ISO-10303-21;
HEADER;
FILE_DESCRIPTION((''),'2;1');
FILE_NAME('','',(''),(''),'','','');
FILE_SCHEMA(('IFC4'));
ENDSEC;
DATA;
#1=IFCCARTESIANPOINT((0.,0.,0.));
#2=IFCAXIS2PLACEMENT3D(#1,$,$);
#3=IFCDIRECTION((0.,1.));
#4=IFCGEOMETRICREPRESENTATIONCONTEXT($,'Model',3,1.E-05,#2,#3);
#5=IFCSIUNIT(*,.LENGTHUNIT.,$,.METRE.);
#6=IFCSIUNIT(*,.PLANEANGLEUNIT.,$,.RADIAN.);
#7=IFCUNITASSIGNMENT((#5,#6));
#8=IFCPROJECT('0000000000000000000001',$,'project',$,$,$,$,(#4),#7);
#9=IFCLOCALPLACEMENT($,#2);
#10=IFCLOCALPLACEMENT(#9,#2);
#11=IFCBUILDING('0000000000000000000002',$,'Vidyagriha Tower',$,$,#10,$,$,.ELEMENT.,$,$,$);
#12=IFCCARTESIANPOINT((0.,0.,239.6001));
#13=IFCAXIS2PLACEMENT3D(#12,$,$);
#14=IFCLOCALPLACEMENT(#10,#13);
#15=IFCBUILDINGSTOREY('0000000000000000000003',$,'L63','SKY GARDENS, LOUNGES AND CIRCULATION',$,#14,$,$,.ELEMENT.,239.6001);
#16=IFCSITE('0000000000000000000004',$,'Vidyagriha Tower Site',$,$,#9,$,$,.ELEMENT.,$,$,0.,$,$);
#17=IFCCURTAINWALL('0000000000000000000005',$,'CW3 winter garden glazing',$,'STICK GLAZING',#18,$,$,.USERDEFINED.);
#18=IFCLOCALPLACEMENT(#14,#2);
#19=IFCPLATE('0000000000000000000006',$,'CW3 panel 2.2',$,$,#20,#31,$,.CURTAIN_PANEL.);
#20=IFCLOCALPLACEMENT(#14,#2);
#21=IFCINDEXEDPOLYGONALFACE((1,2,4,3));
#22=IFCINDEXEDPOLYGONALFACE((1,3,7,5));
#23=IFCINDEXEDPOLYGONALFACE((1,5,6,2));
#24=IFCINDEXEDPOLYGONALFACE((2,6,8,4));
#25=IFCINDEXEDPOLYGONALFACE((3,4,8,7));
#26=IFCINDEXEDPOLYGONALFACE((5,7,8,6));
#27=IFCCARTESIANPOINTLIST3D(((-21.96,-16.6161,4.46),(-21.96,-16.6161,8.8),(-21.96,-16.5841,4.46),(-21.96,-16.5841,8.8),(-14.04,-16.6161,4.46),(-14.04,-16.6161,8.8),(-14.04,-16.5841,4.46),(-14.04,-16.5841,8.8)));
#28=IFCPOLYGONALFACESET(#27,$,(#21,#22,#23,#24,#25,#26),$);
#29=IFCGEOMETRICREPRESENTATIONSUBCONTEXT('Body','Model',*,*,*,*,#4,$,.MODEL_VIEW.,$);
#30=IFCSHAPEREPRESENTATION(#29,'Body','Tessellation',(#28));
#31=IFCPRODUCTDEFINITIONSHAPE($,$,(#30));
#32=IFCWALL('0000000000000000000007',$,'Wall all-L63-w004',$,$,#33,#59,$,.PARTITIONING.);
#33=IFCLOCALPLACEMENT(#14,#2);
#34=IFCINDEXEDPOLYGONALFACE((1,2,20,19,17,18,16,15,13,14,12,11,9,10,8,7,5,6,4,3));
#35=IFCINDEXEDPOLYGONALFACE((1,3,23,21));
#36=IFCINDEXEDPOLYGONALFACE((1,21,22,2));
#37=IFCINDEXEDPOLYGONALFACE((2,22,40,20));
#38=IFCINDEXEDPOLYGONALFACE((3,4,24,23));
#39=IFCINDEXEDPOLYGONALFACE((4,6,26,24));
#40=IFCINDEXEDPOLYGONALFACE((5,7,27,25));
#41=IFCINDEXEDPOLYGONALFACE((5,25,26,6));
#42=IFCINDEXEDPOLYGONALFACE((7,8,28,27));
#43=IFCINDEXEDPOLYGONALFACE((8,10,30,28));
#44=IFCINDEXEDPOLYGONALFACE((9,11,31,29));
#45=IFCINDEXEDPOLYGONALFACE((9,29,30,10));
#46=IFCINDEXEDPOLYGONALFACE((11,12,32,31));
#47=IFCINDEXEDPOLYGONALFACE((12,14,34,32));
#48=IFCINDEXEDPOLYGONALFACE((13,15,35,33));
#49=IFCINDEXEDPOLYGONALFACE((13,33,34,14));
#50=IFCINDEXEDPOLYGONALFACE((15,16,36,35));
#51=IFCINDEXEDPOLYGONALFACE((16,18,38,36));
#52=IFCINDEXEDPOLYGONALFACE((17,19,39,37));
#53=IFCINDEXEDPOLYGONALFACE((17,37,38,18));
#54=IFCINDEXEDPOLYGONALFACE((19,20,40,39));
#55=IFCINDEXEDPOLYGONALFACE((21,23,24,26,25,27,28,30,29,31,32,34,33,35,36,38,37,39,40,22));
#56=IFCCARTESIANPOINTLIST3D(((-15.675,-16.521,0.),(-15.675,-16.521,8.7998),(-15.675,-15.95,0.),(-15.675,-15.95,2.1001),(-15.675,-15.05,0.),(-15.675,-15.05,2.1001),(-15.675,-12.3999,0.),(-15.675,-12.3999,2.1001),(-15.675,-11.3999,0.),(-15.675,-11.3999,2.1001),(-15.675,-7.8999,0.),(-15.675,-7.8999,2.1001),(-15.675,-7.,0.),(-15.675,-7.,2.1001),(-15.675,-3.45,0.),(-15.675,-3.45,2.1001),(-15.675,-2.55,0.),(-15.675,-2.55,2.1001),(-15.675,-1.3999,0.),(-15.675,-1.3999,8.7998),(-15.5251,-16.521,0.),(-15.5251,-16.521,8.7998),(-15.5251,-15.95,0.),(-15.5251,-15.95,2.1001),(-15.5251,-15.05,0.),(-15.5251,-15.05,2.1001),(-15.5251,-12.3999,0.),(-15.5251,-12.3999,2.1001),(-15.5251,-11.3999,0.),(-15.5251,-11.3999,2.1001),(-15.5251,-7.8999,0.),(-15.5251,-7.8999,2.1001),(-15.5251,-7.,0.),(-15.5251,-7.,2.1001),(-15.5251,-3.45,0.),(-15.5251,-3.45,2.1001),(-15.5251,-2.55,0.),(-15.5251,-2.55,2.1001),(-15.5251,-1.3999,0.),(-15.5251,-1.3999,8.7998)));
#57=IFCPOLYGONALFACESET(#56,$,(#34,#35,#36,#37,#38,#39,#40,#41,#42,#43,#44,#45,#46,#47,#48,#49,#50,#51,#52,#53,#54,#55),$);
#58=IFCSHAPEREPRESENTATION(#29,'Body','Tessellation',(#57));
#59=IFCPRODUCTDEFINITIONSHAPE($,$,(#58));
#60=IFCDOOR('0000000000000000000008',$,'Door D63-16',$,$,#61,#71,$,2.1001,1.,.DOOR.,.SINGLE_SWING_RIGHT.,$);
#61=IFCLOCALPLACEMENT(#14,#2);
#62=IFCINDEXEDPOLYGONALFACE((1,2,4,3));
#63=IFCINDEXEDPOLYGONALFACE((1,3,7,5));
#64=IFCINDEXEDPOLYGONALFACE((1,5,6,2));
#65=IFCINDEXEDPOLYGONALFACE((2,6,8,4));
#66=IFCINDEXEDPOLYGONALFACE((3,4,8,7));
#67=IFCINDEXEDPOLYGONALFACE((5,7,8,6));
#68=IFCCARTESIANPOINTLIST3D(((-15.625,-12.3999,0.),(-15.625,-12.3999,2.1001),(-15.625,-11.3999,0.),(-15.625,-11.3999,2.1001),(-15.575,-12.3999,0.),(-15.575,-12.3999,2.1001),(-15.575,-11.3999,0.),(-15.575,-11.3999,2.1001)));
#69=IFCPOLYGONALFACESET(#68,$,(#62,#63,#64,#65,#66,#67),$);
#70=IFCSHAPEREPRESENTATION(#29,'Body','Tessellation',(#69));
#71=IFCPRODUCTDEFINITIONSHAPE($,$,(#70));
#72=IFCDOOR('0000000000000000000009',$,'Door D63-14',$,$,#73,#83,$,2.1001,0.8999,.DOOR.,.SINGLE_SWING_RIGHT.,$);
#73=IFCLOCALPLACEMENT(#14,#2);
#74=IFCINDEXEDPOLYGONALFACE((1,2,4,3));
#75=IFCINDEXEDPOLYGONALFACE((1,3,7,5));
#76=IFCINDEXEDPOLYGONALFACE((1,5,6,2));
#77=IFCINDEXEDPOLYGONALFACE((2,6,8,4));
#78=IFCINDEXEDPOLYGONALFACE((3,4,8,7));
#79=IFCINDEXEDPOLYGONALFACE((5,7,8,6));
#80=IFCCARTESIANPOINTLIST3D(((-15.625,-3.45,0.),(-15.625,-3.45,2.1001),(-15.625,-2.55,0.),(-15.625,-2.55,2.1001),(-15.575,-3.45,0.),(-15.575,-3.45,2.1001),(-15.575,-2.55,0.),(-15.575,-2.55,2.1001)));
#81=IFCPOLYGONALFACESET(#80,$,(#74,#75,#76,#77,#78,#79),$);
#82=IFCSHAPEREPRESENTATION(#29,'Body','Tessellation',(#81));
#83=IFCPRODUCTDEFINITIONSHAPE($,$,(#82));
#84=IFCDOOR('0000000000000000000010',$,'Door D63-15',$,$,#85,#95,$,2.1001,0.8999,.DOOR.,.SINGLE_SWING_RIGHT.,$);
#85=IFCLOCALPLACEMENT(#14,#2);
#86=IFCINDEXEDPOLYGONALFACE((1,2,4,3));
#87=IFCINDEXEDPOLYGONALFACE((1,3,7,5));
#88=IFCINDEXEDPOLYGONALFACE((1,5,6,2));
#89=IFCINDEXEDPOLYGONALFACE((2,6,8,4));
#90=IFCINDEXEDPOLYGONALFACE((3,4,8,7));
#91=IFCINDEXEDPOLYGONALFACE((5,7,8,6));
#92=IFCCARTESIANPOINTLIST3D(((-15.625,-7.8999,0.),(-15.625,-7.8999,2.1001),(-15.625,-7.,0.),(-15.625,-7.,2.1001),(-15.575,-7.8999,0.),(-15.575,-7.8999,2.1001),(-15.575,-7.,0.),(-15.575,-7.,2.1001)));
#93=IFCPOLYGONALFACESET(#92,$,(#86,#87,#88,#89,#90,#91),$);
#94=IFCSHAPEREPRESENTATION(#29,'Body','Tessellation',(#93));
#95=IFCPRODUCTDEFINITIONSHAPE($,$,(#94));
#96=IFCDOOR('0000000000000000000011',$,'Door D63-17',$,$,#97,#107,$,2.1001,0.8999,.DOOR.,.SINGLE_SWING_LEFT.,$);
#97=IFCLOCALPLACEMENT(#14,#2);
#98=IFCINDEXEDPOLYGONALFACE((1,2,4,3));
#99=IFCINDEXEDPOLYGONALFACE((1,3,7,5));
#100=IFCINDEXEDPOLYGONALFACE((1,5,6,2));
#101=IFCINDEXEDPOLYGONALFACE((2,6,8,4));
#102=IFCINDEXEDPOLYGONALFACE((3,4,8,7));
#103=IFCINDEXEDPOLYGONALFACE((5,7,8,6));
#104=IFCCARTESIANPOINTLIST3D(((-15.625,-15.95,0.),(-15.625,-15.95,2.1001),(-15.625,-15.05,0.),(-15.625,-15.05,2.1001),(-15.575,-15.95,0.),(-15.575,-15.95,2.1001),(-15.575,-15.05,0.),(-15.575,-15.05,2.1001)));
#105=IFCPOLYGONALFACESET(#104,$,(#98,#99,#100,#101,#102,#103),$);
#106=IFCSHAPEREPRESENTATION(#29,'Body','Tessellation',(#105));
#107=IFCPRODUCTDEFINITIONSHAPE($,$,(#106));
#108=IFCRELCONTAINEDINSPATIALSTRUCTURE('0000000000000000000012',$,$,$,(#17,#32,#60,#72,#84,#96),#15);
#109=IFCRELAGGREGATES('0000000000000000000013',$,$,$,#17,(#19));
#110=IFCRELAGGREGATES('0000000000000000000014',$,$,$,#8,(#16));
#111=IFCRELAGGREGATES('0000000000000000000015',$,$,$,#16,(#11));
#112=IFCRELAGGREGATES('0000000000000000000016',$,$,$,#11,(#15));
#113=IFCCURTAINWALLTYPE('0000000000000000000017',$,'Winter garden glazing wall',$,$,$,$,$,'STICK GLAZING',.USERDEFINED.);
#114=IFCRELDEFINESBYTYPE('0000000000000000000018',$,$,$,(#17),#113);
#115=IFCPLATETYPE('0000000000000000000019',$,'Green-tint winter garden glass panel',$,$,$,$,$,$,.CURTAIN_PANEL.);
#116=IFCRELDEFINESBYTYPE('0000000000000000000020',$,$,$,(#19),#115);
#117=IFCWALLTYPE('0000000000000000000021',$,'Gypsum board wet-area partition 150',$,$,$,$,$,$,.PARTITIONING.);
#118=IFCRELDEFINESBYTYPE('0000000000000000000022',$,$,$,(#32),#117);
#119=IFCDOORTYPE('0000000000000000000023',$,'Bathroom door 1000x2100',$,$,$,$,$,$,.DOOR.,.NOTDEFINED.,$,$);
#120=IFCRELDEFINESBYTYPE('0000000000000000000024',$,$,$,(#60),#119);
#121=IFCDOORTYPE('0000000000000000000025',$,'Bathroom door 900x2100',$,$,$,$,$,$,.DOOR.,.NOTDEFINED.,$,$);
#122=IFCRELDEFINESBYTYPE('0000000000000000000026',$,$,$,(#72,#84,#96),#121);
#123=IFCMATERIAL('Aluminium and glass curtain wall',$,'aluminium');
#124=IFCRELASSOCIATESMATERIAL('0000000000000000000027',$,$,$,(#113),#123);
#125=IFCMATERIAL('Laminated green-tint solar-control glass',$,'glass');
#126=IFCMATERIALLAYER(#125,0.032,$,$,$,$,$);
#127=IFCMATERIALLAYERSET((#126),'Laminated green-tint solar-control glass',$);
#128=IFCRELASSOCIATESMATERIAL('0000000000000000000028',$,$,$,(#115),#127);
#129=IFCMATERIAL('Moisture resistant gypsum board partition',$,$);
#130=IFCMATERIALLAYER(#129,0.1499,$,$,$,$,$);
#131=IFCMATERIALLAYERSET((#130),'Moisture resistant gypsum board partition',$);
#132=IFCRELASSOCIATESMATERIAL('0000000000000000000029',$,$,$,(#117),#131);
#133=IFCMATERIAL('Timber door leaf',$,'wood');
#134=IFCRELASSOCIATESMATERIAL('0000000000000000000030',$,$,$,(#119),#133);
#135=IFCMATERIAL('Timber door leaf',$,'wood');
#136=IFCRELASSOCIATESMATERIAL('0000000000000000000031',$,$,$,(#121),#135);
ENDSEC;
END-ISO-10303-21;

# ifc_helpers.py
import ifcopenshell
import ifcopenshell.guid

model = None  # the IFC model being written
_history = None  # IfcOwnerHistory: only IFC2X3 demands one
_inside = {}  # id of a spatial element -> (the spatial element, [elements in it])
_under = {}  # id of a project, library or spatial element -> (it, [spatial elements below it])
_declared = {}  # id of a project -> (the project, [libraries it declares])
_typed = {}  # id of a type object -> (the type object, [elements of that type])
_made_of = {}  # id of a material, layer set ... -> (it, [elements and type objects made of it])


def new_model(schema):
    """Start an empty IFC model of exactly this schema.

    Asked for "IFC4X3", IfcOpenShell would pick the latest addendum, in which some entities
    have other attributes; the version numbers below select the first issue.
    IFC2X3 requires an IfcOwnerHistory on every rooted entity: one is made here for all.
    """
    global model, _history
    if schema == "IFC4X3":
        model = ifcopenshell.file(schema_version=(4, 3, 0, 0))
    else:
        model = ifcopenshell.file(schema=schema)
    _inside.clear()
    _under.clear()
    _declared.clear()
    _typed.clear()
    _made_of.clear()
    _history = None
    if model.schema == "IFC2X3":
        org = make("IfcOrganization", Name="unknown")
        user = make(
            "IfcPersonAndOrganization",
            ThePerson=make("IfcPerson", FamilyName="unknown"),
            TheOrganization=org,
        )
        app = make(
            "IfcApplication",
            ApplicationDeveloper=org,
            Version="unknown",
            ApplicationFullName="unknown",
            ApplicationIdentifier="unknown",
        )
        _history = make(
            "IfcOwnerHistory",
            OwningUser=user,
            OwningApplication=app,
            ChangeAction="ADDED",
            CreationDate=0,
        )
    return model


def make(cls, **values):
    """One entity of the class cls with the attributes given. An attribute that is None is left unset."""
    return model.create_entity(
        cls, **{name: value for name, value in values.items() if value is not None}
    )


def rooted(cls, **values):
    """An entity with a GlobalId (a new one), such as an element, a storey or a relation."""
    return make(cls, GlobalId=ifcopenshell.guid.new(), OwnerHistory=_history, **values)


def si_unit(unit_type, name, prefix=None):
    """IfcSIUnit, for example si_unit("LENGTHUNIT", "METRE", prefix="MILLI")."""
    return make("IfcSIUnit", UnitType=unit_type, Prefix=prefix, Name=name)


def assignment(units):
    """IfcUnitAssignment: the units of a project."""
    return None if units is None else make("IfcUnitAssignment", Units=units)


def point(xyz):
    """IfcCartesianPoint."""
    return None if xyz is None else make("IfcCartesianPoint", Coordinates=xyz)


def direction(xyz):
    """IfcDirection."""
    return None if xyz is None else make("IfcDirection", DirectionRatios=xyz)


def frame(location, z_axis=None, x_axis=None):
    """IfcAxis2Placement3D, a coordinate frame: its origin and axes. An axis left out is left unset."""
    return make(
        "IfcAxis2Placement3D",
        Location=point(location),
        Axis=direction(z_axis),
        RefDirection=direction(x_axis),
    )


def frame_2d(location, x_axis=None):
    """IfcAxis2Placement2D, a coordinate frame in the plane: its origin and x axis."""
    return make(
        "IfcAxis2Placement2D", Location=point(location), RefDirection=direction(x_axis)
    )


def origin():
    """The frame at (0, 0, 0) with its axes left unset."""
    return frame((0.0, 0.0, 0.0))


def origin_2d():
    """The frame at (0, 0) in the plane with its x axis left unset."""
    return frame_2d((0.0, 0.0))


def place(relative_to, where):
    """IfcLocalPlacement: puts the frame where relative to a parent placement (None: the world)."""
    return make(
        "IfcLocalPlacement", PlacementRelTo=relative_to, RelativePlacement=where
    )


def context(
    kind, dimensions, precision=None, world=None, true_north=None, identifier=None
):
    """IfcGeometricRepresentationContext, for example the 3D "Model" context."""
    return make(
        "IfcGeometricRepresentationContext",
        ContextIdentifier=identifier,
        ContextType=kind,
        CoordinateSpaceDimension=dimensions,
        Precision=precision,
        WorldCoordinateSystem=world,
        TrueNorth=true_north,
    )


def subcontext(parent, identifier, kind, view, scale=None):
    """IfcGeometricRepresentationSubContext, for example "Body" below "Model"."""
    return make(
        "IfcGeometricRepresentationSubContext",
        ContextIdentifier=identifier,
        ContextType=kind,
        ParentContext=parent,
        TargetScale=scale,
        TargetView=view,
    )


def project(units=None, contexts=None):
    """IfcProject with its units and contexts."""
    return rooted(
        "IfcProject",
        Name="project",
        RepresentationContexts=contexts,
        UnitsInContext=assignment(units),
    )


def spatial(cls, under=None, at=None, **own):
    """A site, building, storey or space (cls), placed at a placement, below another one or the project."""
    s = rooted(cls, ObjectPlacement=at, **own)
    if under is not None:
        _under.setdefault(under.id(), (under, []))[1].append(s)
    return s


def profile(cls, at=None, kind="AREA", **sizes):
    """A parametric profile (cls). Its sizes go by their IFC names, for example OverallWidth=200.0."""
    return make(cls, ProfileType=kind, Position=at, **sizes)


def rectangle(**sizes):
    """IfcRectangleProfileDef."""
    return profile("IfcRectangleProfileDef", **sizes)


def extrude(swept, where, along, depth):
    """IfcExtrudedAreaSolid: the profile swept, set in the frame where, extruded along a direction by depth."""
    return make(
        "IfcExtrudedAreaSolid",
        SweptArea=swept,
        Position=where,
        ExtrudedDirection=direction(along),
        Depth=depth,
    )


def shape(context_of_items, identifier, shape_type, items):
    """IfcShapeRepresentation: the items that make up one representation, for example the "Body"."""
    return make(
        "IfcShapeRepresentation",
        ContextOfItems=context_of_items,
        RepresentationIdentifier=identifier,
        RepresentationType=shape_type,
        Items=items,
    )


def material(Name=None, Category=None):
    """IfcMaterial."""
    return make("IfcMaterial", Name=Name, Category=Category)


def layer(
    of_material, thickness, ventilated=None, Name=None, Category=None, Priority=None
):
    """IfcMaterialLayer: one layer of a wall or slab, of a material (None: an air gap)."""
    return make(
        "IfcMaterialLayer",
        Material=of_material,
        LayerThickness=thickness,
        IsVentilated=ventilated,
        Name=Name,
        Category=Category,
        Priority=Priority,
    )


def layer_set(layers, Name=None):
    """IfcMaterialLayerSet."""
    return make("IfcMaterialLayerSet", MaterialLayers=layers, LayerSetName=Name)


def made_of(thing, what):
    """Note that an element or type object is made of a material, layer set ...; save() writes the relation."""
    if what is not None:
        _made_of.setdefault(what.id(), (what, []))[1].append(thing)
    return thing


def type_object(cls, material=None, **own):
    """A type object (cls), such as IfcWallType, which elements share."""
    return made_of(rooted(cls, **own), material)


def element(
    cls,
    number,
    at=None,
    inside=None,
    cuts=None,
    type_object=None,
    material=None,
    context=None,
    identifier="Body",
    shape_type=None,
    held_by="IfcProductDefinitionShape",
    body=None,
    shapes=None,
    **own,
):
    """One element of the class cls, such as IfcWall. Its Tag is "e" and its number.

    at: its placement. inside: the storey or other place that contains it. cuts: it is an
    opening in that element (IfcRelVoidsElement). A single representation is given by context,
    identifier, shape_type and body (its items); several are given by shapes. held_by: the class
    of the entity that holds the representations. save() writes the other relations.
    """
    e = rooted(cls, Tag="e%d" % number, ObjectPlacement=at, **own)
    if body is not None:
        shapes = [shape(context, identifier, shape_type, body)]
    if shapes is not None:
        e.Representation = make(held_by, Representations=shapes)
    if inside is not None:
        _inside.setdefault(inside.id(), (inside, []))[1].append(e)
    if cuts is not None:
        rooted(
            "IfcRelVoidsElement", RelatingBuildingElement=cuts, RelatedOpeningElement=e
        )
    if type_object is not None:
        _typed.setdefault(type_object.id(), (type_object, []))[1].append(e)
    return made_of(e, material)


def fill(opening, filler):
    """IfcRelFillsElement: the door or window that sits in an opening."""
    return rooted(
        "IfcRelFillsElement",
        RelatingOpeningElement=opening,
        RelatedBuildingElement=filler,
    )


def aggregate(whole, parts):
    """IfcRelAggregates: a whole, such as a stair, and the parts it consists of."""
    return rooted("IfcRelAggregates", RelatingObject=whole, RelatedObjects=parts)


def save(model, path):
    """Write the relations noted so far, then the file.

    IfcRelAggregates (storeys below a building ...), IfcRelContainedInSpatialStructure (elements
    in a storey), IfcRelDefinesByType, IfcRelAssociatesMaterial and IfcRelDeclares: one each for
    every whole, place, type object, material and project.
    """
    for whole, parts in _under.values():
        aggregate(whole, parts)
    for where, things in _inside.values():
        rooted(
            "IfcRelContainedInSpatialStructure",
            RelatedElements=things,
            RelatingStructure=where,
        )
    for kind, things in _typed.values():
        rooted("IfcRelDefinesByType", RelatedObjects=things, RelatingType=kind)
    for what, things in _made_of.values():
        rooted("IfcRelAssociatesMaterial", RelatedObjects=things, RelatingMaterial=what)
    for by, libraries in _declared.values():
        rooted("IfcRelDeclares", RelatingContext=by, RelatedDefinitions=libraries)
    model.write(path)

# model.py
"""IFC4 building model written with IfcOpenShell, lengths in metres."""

from ifc_helpers import new_model, si_unit, direction, frame, frame_2d, origin, origin_2d, place, context, subcontext, project, spatial, rectangle, extrude, material, layer, layer_set, type_object, element, fill, aggregate, save


model = new_model("IFC4")

# Units and contexts
model_context = context("Model", 3, precision=1e-05, world=origin(), true_north=direction((0.0, 1.0)))
body_context = subcontext(model_context, "Body", "Model", "MODEL_VIEW")
ifc_project = project(units=[si_unit("LENGTHUNIT", "METRE"), si_unit("PLANEANGLEUNIT", "RADIAN")], contexts=[model_context])

# Site, building, storey
site_placement = place(None, origin())
site = spatial("IfcSite", under=ifc_project, at=site_placement, Name="Vidyagriha Tower Site", CompositionType="ELEMENT", RefElevation=0.0)
building_placement = place(site_placement, origin())
building = spatial("IfcBuilding", under=site, at=building_placement, Name="Vidyagriha Tower", CompositionType="ELEMENT")
storey_placement = place(building_placement, frame((0.0, 0.0, 239.6001)))
storey = spatial("IfcBuildingStorey", under=building, at=storey_placement, Name="L63", Description="SKY GARDENS, LOUNGES AND CIRCULATION", CompositionType="ELEMENT", Elevation=239.6001)

# Shared definitions
ifc_material_1 = material(Name="Aluminium and glass curtain wall", Category="aluminium")
curtain_wall_type = type_object("IfcCurtainWallType", Name="Winter garden glazing wall", ElementType="STICK GLAZING", PredefinedType="USERDEFINED", material=ifc_material_1)

# Curtain wall
curtain_wall_1_placement = place(storey_placement, origin())
curtain_wall_1 = element("IfcCurtainWall", 1, at=curtain_wall_1_placement, inside=storey, type_object=curtain_wall_type, Name="CW3 winter garden glazing", ObjectType="STICK GLAZING", PredefinedType="USERDEFINED")

# Plate
ifc_material_2 = material(Name="Laminated green-tint solar-control glass", Category="glass")
ifc_layer_1 = layer(ifc_material_2, 0.032)
ifc_layer_set_1 = layer_set([ifc_layer_1], Name="Laminated green-tint solar-control glass")
plate_type = type_object("IfcPlateType", Name="Green-tint winter garden glass panel", PredefinedType="CURTAIN_PANEL", material=ifc_layer_set_1)
plate_1_placement = place(storey_placement, frame((-18.0, -16.6001, 4.46)))
plate_1 = element("IfcPlate", 2, at=plate_1_placement, type_object=plate_type, Name="CW3 panel 2.2", PredefinedType="CURTAIN_PANEL", context=body_context, shape_type="SweptSolid", body=[
    extrude(rectangle(XDim=7.9199, YDim=0.032, at=origin_2d()), origin(), (0.0, 0.0, 1.0), 4.3401),
])
aggregate(curtain_wall_1, [plate_1])

# Wall, openings, doors
ifc_material_3 = material(Name="Moisture resistant gypsum board partition")
ifc_layer_2 = layer(ifc_material_3, 0.1499)
ifc_layer_set_2 = layer_set([ifc_layer_2], Name="Moisture resistant gypsum board partition")
wall_type = type_object("IfcWallType", Name="Gypsum board wet-area partition 150", PredefinedType="PARTITIONING", material=ifc_layer_set_2)
wall_placement = place(storey_placement, frame((-15.6001, -16.521, 0.0), z_axis=(0.0, 0.0, 1.0), x_axis=(0.0, 1.0, 0.0)))
wall = element("IfcWall", 3, at=wall_placement, inside=storey, type_object=wall_type, Name="Wall all-L63-w004", PredefinedType="PARTITIONING", context=body_context, shape_type="SweptSolid", body=[
    extrude(rectangle(XDim=15.1211, YDim=0.1499, at=frame_2d((7.5605, 0.0))), origin(), (0.0, 0.0, 1.0), 8.7998),
])
opening_1_placement = place(wall_placement, frame((13.071, 0.0, 0.0)))
opening_1 = element("IfcOpeningElement", 4, at=opening_1_placement, cuts=wall, PredefinedType="OPENING", context=body_context, shape_type="SweptSolid", body=[
    extrude(rectangle(XDim=0.8999, YDim=2.1001, at=frame_2d((0.45, 1.05))), frame((0.0, 0.085, 0.0), z_axis=(0.0, -1.0, 0.0), x_axis=(1.0, 0.0, 0.0)), (0.0, 0.0, 1.0), 0.1699),
])
opening_2_placement = place(wall_placement, frame((8.6211, 0.0, 0.0)))
opening_2 = element("IfcOpeningElement", 5, at=opening_2_placement, cuts=wall, PredefinedType="OPENING", context=body_context, shape_type="SweptSolid", body=[
    extrude(rectangle(XDim=0.8999, YDim=2.1001, at=frame_2d((0.45, 1.05))), frame((0.0, 0.085, 0.0), z_axis=(0.0, -1.0, 0.0), x_axis=(1.0, 0.0, 0.0)), (0.0, 0.0, 1.0), 0.1699),
])
opening_3_placement = place(wall_placement, frame((4.1211, 0.0, 0.0)))
opening_3 = element("IfcOpeningElement", 6, at=opening_3_placement, cuts=wall, PredefinedType="OPENING", context=body_context, shape_type="SweptSolid", body=[
    extrude(rectangle(XDim=1.0, YDim=2.1001, at=frame_2d((0.5, 1.05))), frame((0.0, 0.085, 0.0), z_axis=(0.0, -1.0, 0.0), x_axis=(1.0, 0.0, 0.0)), (0.0, 0.0, 1.0), 0.1699),
])
opening_4_placement = place(wall_placement, frame((0.571, 0.0, 0.0)))
opening_4 = element("IfcOpeningElement", 7, at=opening_4_placement, cuts=wall, PredefinedType="OPENING", context=body_context, shape_type="SweptSolid", body=[
    extrude(rectangle(XDim=0.8999, YDim=2.1001, at=frame_2d((0.45, 1.05))), frame((0.0, 0.085, 0.0), z_axis=(0.0, -1.0, 0.0), x_axis=(1.0, 0.0, 0.0)), (0.0, 0.0, 1.0), 0.1699),
])
ifc_material_4 = material(Name="Timber door leaf", Category="wood")
door_type_1 = type_object("IfcDoorType", Name="Bathroom door 1000x2100", OperationType="NOTDEFINED", PredefinedType="DOOR", material=ifc_material_4)
door_1_placement = place(opening_3_placement, origin())
door_1 = element("IfcDoor", 8, at=door_1_placement, inside=storey, type_object=door_type_1, Name="Door D63-16", OperationType="SINGLE_SWING_RIGHT", OverallHeight=2.1001, OverallWidth=1.0, PredefinedType="DOOR", context=body_context, shape_type="SweptSolid", body=[
    extrude(rectangle(XDim=1.0, YDim=2.1001, at=frame_2d((0.5, 1.05))), frame((0.0, 0.0249, 0.0), z_axis=(0.0, -1.0, 0.0), x_axis=(1.0, 0.0, 0.0)), (0.0, 0.0, 1.0), 0.05),
])
fill(opening_3, door_1)
ifc_material_5 = material(Name="Timber door leaf", Category="wood")
door_type_2 = type_object("IfcDoorType", Name="Bathroom door 900x2100", OperationType="NOTDEFINED", PredefinedType="DOOR", material=ifc_material_5)
door_2_placement = place(opening_1_placement, origin())
door_2 = element("IfcDoor", 9, at=door_2_placement, inside=storey, type_object=door_type_2, Name="Door D63-14", OperationType="SINGLE_SWING_RIGHT", OverallHeight=2.1001, OverallWidth=0.8999, PredefinedType="DOOR", context=body_context, shape_type="SweptSolid", body=[
    extrude(rectangle(XDim=0.8999, YDim=2.1001, at=frame_2d((0.45, 1.05))), frame((0.0, 0.0249, 0.0), z_axis=(0.0, -1.0, 0.0), x_axis=(1.0, 0.0, 0.0)), (0.0, 0.0, 1.0), 0.05),
])
fill(opening_1, door_2)
door_3_placement = place(opening_2_placement, origin())
door_3 = element("IfcDoor", 10, at=door_3_placement, inside=storey, type_object=door_type_2, Name="Door D63-15", OperationType="SINGLE_SWING_RIGHT", OverallHeight=2.1001, OverallWidth=0.8999, PredefinedType="DOOR", context=body_context, shape_type="SweptSolid", body=[
    extrude(rectangle(XDim=0.8999, YDim=2.1001, at=frame_2d((0.45, 1.05))), frame((0.0, 0.0249, 0.0), z_axis=(0.0, -1.0, 0.0), x_axis=(1.0, 0.0, 0.0)), (0.0, 0.0, 1.0), 0.05),
])
fill(opening_2, door_3)
door_4_placement = place(opening_4_placement, origin())
door_4 = element("IfcDoor", 11, at=door_4_placement, inside=storey, type_object=door_type_2, Name="Door D63-17", OperationType="SINGLE_SWING_LEFT", OverallHeight=2.1001, OverallWidth=0.8999, PredefinedType="DOOR", context=body_context, shape_type="SweptSolid", body=[
    extrude(rectangle(XDim=0.8999, YDim=2.1001, at=frame_2d((0.45, 1.05))), frame((0.0, 0.0249, 0.0), z_axis=(0.0, -1.0, 0.0), x_axis=(1.0, 0.0, 0.0)), (0.0, 0.0, 1.0), 0.05),
])
fill(opening_4, door_4)

save(model, "model.ifc")
